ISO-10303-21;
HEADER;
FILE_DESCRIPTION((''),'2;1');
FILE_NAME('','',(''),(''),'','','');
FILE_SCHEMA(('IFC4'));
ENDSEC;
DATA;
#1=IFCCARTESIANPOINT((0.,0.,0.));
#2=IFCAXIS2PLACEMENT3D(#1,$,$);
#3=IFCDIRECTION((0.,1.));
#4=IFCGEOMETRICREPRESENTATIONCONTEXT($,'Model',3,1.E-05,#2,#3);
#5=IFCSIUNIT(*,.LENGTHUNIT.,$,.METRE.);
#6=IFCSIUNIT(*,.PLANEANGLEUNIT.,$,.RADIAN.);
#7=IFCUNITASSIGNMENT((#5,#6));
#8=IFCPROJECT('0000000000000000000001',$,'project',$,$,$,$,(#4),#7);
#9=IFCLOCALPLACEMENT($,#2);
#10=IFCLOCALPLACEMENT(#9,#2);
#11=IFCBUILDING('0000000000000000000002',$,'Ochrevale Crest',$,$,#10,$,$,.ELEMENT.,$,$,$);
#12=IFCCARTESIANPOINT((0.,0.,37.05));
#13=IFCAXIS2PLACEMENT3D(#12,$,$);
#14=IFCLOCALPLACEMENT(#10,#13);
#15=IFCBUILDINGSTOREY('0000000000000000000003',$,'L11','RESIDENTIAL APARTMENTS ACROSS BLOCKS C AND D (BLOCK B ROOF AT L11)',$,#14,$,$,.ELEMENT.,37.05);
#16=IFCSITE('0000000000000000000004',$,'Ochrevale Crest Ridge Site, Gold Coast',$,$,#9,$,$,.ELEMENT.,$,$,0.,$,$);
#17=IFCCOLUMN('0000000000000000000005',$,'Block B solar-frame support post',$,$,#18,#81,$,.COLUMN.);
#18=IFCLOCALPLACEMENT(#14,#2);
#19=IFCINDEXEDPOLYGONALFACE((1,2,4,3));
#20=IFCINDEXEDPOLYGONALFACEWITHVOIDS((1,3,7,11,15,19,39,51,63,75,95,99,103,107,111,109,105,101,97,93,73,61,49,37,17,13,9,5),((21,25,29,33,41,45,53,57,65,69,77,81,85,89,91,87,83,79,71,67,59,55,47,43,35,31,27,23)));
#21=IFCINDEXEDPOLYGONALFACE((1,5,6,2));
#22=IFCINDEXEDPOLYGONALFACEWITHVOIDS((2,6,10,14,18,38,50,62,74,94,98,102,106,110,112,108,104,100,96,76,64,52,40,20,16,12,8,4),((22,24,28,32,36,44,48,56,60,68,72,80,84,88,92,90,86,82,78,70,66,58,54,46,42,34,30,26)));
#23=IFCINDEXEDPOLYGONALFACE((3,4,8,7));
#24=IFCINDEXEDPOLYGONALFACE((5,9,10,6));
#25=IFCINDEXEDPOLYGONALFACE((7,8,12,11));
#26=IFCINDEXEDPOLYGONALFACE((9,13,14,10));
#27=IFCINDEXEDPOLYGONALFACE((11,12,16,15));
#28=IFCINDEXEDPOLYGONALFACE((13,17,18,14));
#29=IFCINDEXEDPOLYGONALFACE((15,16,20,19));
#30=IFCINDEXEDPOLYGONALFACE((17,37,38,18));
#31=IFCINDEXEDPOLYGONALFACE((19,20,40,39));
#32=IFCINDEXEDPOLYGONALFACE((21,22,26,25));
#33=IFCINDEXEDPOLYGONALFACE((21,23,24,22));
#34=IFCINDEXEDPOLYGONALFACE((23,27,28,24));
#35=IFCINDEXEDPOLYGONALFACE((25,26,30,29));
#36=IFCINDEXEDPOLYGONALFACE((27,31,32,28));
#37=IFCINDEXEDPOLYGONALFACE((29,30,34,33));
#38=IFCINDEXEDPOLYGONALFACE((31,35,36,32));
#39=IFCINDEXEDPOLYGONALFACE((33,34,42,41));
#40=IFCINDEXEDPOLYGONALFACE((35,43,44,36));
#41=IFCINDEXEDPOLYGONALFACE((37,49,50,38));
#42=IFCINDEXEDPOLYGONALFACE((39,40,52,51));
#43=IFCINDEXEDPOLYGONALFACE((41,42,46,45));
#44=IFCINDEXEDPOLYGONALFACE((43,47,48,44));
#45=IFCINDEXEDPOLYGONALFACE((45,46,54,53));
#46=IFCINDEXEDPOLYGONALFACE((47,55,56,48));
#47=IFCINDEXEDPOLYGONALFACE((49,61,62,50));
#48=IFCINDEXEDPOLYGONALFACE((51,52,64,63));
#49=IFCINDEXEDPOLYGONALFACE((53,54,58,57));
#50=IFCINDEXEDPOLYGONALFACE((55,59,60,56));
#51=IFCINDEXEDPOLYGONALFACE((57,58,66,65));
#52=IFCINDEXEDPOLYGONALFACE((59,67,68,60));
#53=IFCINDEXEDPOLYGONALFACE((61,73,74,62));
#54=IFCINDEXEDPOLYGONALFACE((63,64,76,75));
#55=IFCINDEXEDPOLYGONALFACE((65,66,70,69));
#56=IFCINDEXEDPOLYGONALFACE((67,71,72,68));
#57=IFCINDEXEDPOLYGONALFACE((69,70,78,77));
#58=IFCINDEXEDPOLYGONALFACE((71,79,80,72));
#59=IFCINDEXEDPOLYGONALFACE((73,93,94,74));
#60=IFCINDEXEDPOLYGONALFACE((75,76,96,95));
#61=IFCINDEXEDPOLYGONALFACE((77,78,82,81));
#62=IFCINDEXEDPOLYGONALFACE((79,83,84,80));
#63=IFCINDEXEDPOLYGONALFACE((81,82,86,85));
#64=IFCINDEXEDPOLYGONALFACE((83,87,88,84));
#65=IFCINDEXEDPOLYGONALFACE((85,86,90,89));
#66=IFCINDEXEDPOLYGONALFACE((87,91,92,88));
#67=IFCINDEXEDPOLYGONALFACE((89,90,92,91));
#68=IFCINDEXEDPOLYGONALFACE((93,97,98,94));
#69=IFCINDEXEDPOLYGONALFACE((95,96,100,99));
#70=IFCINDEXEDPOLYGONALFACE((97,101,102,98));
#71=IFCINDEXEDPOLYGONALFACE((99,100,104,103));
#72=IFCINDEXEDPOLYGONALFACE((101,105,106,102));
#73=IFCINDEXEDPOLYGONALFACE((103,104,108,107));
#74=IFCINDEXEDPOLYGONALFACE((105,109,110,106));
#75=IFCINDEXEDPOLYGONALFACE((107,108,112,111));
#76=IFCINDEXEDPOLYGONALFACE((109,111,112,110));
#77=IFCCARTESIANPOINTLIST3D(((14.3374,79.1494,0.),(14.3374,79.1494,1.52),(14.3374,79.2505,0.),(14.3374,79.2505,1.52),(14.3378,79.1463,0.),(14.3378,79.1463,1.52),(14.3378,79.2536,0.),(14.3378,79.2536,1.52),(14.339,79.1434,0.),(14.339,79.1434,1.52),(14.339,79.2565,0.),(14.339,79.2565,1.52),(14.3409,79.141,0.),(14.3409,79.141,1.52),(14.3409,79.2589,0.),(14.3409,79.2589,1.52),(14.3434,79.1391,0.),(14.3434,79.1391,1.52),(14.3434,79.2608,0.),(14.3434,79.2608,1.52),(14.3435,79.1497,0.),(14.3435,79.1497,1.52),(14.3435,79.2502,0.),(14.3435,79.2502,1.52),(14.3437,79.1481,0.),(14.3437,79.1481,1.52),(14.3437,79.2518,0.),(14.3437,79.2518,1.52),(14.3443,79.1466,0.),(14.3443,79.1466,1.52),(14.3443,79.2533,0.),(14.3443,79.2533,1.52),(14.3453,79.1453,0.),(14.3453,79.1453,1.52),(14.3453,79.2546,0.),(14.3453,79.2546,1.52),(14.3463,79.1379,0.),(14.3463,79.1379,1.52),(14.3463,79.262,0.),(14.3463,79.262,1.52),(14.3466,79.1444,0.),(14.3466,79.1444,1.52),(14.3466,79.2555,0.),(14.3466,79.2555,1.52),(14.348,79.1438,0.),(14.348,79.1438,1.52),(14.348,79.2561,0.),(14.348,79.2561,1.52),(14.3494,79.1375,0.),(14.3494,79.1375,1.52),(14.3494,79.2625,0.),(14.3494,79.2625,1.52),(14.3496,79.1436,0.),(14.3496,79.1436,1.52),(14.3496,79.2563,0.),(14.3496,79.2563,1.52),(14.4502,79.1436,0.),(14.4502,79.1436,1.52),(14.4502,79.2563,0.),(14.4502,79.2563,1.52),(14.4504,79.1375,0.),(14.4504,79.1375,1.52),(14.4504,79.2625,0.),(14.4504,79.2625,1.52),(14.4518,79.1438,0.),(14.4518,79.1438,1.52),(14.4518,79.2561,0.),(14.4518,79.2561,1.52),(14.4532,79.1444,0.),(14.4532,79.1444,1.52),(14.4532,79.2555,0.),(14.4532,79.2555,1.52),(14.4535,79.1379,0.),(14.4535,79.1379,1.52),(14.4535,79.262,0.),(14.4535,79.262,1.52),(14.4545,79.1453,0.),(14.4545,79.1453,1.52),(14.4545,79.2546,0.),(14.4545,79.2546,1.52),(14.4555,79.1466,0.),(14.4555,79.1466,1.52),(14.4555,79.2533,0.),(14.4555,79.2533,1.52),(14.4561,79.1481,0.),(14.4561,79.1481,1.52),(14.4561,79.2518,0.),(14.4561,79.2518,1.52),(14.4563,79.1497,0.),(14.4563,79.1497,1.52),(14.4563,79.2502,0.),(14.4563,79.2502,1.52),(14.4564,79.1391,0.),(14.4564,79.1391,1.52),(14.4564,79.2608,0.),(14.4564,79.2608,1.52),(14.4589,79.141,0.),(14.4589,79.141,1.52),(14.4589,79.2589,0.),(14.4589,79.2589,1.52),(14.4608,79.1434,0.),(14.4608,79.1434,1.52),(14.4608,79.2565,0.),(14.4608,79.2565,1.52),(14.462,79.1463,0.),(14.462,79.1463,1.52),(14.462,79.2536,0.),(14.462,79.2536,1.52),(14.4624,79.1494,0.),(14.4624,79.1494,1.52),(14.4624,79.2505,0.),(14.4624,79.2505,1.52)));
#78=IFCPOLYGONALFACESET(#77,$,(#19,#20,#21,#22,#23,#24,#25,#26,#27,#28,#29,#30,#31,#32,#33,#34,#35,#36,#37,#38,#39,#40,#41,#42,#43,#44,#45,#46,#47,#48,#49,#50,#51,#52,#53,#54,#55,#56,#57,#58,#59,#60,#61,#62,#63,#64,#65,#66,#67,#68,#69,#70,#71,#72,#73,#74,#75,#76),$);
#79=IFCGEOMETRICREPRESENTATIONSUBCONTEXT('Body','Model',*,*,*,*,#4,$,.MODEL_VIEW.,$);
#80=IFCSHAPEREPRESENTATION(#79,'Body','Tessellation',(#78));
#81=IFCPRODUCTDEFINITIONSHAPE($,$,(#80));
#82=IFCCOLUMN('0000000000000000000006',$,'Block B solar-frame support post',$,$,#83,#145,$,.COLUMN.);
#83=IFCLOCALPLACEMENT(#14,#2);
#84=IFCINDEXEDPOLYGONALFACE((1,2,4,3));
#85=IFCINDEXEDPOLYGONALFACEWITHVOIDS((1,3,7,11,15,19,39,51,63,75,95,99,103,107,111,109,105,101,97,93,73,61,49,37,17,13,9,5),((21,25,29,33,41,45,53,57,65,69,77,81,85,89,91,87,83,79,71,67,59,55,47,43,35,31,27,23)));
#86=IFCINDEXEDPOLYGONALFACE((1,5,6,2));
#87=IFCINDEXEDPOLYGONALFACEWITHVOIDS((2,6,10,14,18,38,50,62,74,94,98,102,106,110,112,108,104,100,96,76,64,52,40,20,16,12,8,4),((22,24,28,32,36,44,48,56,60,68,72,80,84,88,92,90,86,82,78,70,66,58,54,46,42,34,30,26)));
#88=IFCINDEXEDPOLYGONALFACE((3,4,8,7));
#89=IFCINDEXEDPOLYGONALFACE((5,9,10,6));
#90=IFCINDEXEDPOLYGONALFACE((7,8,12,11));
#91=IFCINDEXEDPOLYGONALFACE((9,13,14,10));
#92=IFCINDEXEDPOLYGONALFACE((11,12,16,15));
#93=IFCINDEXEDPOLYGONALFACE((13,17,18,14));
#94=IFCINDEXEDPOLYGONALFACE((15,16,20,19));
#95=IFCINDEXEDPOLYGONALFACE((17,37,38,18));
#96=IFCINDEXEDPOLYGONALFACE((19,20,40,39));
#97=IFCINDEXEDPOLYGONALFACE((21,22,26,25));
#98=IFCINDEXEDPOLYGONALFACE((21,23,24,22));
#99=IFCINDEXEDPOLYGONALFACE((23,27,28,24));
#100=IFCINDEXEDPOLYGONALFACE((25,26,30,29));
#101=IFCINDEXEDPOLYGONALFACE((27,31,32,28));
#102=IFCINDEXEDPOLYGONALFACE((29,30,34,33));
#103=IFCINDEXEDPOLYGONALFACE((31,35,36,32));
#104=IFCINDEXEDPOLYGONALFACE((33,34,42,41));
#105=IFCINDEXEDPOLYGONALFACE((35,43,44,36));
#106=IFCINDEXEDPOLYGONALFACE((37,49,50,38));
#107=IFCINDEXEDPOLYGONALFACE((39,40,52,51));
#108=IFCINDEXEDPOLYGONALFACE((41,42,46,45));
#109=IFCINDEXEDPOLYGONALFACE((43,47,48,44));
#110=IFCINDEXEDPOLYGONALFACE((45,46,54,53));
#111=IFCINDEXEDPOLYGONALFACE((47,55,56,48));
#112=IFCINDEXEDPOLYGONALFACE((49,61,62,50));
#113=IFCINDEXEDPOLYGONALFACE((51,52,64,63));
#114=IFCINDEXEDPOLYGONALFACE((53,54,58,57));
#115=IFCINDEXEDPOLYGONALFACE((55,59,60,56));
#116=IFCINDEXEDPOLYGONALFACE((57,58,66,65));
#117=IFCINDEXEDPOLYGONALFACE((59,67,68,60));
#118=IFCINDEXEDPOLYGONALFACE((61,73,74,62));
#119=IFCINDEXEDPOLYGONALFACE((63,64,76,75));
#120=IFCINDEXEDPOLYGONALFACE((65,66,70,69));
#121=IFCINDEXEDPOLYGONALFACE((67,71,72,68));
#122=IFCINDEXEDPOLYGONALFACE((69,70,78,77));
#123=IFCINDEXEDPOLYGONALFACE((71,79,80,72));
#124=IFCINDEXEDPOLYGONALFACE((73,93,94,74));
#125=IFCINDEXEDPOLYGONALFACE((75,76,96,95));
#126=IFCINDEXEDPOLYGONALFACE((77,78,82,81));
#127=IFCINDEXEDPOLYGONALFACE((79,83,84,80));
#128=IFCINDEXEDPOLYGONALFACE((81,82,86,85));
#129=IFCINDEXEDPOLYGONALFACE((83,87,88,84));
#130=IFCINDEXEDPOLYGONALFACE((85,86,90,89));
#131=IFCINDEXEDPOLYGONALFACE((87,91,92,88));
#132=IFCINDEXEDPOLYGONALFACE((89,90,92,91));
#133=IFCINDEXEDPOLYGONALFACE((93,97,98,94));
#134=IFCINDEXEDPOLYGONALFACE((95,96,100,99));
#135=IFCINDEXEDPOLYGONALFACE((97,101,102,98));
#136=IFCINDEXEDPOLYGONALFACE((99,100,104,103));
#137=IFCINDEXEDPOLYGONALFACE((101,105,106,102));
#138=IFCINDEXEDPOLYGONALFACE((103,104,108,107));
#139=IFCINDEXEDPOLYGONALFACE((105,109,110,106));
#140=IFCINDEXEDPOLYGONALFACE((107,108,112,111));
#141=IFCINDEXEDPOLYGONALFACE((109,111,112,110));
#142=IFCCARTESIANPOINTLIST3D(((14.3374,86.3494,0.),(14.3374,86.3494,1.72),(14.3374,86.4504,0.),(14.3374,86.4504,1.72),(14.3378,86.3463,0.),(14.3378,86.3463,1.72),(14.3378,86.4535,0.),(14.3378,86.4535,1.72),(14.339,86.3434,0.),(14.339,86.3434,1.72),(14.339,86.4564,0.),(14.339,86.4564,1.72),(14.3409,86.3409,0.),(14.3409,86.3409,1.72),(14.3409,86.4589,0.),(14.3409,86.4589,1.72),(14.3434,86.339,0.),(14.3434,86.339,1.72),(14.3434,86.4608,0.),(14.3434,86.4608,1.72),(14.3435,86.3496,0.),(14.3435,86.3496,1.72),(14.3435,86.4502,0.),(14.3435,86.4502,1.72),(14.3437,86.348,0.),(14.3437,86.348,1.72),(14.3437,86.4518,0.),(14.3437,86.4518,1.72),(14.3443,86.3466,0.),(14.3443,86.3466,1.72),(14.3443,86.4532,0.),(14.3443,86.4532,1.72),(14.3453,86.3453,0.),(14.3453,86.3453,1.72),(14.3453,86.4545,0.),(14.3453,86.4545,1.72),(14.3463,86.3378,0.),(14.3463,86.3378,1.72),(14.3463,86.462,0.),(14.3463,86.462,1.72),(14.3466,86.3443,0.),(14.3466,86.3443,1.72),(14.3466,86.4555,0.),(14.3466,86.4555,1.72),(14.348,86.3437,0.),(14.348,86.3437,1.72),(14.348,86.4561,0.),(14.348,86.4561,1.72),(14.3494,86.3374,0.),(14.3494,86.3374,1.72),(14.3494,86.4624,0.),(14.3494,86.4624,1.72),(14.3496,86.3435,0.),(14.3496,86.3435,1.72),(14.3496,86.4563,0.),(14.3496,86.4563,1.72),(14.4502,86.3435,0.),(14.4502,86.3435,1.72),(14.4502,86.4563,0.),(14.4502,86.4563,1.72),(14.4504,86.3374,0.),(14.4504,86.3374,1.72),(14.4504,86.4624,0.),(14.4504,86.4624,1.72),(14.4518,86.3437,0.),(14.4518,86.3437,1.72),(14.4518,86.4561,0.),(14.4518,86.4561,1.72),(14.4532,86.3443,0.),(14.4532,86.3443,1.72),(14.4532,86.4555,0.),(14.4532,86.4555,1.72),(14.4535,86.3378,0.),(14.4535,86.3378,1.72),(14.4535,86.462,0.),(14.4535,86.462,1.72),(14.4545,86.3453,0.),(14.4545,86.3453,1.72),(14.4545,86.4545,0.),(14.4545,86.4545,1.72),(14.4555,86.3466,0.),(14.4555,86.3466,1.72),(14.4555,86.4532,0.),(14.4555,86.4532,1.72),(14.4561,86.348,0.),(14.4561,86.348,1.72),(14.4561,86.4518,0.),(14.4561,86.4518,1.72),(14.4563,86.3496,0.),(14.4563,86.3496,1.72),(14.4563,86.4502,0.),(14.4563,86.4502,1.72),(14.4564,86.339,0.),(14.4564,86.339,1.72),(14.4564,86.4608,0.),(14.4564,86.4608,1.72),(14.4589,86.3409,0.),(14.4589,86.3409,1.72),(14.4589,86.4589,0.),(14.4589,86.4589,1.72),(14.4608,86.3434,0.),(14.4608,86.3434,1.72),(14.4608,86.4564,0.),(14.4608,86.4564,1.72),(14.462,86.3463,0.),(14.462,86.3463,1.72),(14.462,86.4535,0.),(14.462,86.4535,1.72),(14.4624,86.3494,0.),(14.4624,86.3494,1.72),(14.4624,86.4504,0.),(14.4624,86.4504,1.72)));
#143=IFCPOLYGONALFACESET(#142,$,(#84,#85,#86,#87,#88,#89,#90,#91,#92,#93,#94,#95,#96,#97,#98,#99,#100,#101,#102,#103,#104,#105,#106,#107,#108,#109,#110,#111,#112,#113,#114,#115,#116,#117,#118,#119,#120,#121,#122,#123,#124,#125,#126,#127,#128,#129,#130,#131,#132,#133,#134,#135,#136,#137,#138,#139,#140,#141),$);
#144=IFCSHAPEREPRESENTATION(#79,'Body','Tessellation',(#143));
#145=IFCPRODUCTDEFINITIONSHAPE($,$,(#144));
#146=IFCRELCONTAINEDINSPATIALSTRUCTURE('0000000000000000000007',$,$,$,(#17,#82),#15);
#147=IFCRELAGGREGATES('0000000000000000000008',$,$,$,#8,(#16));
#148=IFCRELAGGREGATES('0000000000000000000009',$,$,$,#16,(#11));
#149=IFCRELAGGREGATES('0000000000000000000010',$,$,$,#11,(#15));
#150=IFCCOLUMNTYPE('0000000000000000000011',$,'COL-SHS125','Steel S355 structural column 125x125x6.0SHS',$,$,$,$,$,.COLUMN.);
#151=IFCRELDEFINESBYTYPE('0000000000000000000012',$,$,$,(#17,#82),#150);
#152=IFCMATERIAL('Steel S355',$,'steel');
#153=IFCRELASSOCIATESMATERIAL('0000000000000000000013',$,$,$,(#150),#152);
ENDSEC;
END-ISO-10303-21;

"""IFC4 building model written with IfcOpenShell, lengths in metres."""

from ifc_helpers import new_model, si_unit, direction, frame, origin, origin_2d, place, context, subcontext, project, spatial, hollow_rectangle, extrude, material, material_profile, profile_set, type_object, element, save


model = new_model("IFC4")

# Units and contexts
model_context = context("Model", 3, precision=1e-05, world=origin(), true_north=direction((0.0, 1.0)))
body_context = subcontext(model_context, "Body", "Model", "MODEL_VIEW")
ifc_project = project(units=[si_unit("LENGTHUNIT", "METRE"), si_unit("PLANEANGLEUNIT", "RADIAN")], contexts=[model_context])

# Site, building, storey
site_placement = place(None, origin())
site = spatial("IfcSite", under=ifc_project, at=site_placement, Name="Ochrevale Crest Ridge Site, Gold Coast", CompositionType="ELEMENT", RefElevation=0.0)
building_placement = place(site_placement, origin())
building = spatial("IfcBuilding", under=site, at=building_placement, Name="Ochrevale Crest", CompositionType="ELEMENT")
storey_placement = place(building_placement, frame((0.0, 0.0, 37.05)))
storey = spatial("IfcBuildingStorey", under=building, at=storey_placement, Name="L11", Description="RESIDENTIAL APARTMENTS ACROSS BLOCKS C AND D (BLOCK B ROOF AT L11)", CompositionType="ELEMENT", Elevation=37.05)

# Columns
ifc_material_1 = material(Name="Steel S355", Category="steel")
ifc_material_profile_1 = material_profile(ifc_material_1, hollow_rectangle(XDim=0.125, YDim=0.125, WallThickness=0.0061, InnerFilletRadius=0.0061, OuterFilletRadius=0.012, at=origin_2d()), Name="125x125x6.0SHS")
ifc_profile_set_1 = profile_set([ifc_material_profile_1], Name="Steel S355")
column_type = type_object("IfcColumnType", Name="COL-SHS125", Description="Steel S355 structural column 125x125x6.0SHS", PredefinedType="COLUMN", material=ifc_profile_set_1)
column_1_placement = place(storey_placement, frame((14.3999, 79.2, 0.0), z_axis=(0.0, 0.0, 1.0), x_axis=(1.0, 0.0, 0.0)))
element("IfcColumn", 1, at=column_1_placement, inside=storey, type_object=column_type, Name="Block B solar-frame support post", PredefinedType="COLUMN", context=body_context, shape_type="SweptSolid", body=[
    extrude(hollow_rectangle(XDim=0.125, YDim=0.125, WallThickness=0.0061, InnerFilletRadius=0.0061, OuterFilletRadius=0.012, at=origin_2d()), origin(), (0.0, 0.0, 1.0), 1.52),
])
column_2_placement = place(storey_placement, frame((14.3999, 86.3999, 0.0), z_axis=(0.0, 0.0, 1.0), x_axis=(1.0, 0.0, 0.0)))
element("IfcColumn", 2, at=column_2_placement, inside=storey, type_object=column_type, Name="Block B solar-frame support post", PredefinedType="COLUMN", context=body_context, shape_type="SweptSolid", body=[
    extrude(hollow_rectangle(XDim=0.125, YDim=0.125, WallThickness=0.0061, InnerFilletRadius=0.0061, OuterFilletRadius=0.012, at=origin_2d()), origin(), (0.0, 0.0, 1.0), 1.72),
])

save(model, "model.ifc")
